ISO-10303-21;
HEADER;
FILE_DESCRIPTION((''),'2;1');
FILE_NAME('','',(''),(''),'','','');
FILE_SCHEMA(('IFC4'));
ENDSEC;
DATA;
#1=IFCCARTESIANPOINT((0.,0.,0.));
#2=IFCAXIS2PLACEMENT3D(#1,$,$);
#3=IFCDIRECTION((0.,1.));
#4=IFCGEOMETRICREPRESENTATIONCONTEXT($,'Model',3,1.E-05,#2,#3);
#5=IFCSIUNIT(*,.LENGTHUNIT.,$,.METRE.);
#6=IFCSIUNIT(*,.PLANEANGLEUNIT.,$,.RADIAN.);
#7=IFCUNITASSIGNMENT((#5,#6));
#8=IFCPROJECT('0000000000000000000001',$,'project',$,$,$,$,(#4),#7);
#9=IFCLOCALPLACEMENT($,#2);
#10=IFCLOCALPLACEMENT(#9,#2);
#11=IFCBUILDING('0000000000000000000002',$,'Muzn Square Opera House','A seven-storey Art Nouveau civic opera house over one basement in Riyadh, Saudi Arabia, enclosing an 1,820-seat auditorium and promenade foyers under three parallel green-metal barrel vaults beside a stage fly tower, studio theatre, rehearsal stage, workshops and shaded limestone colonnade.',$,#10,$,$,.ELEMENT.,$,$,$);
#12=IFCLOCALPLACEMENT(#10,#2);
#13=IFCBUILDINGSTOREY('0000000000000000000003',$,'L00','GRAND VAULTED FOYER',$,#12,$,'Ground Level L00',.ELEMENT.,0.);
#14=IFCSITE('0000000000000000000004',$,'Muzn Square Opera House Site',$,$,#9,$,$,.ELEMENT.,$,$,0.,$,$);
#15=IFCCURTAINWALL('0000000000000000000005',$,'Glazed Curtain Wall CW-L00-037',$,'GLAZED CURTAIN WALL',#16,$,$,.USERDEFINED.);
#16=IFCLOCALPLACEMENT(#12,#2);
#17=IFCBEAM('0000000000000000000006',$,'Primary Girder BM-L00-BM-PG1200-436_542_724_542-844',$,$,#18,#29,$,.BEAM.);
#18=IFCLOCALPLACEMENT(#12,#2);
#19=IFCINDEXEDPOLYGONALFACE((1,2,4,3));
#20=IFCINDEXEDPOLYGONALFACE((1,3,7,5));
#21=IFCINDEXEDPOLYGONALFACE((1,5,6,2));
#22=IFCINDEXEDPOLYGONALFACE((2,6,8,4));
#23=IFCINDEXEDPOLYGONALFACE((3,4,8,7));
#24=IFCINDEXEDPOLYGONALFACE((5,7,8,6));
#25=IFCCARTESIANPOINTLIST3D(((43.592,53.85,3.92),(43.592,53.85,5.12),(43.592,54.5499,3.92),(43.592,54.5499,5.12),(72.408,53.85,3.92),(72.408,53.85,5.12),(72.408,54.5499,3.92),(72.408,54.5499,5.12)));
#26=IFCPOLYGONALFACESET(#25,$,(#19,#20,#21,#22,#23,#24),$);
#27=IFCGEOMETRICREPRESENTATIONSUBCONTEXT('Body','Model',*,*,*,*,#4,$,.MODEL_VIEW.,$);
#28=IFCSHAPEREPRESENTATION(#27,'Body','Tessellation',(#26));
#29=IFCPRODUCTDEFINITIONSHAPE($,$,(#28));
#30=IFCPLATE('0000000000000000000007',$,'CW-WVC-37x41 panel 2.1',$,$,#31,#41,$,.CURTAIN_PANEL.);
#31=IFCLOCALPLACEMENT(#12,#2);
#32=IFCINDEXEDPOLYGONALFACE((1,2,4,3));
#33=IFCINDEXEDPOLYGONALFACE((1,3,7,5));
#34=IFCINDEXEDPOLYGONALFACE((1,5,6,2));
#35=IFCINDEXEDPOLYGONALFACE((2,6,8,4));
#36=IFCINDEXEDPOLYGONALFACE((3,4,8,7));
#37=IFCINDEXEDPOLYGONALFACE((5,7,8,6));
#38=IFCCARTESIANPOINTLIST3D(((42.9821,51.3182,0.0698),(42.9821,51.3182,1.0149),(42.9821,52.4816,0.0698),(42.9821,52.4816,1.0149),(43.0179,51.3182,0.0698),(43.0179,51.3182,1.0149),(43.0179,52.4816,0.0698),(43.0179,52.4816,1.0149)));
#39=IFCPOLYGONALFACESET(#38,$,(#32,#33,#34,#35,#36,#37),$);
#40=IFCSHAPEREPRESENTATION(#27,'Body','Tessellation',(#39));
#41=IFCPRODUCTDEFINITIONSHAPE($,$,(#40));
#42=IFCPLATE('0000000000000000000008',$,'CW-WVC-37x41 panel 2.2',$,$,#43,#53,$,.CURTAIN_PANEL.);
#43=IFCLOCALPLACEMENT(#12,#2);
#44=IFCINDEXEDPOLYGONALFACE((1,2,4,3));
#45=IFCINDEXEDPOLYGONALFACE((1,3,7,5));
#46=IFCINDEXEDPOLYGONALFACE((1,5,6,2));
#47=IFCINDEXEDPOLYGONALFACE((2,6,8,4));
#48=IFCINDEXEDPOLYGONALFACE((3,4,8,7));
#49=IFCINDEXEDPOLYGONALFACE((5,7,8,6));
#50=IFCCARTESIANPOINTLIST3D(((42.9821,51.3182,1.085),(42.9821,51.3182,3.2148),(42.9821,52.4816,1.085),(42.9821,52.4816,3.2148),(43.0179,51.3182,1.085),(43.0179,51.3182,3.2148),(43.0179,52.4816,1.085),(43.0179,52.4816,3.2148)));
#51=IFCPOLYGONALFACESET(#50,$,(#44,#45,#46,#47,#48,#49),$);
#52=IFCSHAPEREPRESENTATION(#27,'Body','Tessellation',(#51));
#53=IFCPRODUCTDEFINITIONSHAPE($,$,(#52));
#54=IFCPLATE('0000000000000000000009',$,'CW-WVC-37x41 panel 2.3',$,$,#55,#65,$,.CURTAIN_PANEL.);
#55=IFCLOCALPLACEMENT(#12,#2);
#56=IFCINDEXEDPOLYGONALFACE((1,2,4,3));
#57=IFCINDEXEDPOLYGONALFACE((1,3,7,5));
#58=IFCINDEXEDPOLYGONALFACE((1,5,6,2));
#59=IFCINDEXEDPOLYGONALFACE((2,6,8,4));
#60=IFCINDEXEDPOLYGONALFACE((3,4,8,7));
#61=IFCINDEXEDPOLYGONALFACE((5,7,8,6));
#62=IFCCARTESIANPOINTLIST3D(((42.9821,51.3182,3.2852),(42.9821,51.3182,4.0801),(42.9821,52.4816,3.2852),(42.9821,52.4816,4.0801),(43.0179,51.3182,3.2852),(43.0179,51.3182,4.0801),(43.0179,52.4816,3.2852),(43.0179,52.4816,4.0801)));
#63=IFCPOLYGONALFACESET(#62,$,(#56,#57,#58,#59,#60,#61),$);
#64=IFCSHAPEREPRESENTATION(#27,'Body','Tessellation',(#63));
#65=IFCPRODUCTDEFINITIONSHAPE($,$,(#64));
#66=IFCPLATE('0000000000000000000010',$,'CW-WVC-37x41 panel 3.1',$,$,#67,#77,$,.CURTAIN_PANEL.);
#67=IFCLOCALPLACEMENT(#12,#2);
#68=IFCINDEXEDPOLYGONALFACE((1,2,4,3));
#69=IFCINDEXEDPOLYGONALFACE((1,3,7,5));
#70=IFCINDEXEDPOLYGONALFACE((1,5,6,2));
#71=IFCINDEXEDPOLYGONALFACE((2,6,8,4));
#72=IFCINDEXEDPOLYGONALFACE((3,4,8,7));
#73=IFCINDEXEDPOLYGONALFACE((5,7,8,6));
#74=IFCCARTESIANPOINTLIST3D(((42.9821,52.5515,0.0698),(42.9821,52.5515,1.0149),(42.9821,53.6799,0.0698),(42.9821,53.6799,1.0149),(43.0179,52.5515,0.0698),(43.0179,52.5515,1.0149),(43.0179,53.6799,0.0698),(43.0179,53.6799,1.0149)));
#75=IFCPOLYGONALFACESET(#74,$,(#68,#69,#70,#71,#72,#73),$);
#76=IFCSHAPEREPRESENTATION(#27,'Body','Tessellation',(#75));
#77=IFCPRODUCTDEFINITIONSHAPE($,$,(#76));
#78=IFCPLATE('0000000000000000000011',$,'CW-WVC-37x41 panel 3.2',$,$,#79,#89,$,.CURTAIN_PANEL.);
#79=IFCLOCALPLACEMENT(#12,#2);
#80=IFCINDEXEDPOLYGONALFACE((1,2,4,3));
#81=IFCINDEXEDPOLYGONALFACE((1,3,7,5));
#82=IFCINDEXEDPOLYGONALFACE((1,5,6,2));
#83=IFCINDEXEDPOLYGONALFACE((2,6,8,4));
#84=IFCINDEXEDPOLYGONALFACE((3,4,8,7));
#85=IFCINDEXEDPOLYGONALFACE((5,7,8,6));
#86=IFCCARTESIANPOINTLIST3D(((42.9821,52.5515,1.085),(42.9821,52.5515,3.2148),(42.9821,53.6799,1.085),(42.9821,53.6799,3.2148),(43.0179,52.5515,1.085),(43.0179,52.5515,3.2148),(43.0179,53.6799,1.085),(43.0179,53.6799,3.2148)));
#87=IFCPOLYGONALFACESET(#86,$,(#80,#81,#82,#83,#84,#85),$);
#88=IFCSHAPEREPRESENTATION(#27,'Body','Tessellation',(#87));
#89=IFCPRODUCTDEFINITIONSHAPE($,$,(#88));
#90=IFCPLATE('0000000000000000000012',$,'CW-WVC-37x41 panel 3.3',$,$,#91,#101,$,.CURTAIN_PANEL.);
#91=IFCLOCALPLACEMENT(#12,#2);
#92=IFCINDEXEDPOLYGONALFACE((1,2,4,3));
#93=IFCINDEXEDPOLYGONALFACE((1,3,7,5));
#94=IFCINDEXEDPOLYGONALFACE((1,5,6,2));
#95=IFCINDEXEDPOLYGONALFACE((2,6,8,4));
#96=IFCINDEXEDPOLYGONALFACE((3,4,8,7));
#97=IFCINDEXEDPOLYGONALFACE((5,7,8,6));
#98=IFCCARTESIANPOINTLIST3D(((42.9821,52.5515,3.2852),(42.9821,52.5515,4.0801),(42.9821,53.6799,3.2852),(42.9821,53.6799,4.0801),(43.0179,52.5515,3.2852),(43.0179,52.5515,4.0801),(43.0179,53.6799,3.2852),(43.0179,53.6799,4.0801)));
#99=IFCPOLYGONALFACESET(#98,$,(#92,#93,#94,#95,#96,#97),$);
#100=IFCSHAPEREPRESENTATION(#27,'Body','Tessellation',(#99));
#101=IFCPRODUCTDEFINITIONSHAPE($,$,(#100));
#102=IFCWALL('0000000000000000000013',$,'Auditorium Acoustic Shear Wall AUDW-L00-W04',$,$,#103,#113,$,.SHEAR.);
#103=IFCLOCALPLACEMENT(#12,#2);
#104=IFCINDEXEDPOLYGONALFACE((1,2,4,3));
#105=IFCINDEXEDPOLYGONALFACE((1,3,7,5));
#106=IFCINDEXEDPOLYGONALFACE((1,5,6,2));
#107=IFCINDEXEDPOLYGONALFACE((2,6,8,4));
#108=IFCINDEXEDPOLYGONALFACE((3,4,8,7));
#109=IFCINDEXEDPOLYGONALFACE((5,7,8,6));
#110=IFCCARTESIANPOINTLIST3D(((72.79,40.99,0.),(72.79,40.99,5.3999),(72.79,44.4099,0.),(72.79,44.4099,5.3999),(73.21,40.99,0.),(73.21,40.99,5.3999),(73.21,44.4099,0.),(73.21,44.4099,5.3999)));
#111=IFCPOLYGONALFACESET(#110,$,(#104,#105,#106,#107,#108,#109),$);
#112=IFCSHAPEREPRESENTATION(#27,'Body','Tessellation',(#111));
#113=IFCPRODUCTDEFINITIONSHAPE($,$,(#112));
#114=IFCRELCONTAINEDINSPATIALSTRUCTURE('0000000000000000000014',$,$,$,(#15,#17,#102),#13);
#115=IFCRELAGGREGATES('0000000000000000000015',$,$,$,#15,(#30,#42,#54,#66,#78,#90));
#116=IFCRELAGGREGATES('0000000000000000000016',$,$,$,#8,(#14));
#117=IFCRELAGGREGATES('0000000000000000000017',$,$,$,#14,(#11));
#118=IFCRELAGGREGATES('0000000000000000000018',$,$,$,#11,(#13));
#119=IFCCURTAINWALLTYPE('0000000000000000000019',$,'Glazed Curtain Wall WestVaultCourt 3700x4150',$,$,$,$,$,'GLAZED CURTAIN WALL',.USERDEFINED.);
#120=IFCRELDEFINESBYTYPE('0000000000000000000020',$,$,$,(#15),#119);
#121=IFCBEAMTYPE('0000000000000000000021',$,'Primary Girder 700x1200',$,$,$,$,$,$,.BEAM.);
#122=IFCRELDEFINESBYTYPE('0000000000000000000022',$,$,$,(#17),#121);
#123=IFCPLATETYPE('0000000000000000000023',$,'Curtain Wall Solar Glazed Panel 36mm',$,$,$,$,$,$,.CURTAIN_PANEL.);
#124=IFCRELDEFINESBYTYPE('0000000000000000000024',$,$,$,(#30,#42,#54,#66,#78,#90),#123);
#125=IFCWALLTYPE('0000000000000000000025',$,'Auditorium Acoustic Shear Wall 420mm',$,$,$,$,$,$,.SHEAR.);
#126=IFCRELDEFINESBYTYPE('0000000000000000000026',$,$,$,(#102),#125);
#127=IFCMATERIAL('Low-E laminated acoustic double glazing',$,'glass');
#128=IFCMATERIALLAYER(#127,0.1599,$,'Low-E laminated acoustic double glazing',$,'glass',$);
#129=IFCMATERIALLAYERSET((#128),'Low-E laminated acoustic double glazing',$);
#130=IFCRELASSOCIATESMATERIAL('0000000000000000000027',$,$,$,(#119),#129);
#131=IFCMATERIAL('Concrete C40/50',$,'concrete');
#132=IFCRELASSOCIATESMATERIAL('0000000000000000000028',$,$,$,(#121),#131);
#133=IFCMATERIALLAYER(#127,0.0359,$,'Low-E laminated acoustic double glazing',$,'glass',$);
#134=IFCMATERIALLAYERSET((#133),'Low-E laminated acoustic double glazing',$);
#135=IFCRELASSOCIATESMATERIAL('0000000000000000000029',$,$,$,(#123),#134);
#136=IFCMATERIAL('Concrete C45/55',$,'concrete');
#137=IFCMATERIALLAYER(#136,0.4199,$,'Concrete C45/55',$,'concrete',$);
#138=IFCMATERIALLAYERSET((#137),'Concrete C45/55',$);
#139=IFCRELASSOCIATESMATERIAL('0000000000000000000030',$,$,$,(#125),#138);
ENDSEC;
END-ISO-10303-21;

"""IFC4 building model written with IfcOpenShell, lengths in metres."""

from ifc_helpers import new_model, si_unit, direction, frame, frame_2d, origin, origin_2d, place, context, subcontext, project, spatial, rectangle, extrude, material, layer, layer_set, material_profile, profile_set, type_object, element, aggregate, save


model = new_model("IFC4")

# Units and contexts
model_context = context("Model", 3, precision=1e-05, world=origin(), true_north=direction((0.0, 1.0)))
body_context = subcontext(model_context, "Body", "Model", "MODEL_VIEW")
ifc_project = project(units=[si_unit("LENGTHUNIT", "METRE"), si_unit("PLANEANGLEUNIT", "RADIAN")], contexts=[model_context])

# Site, building, storey
site_placement = place(None, origin())
site = spatial("IfcSite", under=ifc_project, at=site_placement, Name="Muzn Square Opera House Site", CompositionType="ELEMENT", RefElevation=0.0)
building_placement = place(site_placement, origin())
building = spatial("IfcBuilding", under=site, at=building_placement, Name="Muzn Square Opera House", Description="A seven-storey Art Nouveau civic opera house over one basement in Riyadh, Saudi Arabia, enclosing an 1,820-seat auditorium and promenade foyers under three parallel green-metal barrel vaults beside a stage fly tower, studio theatre, rehearsal stage, workshops and shaded limestone colonnade.", CompositionType="ELEMENT")
storey_placement = place(building_placement, origin())
storey = spatial("IfcBuildingStorey", under=building, at=storey_placement, Name="L00", Description="GRAND VAULTED FOYER", LongName="Ground Level L00", CompositionType="ELEMENT", Elevation=0.0)

# Shared definitions
ifc_material_1 = material(Name="Concrete C45/55", Category="concrete")

# Curtain wall
ifc_material_2 = material(Name="Low-E laminated acoustic double glazing", Category="glass")
ifc_layer_1 = layer(ifc_material_2, 0.1599, Name="Low-E laminated acoustic double glazing", Category="glass")
ifc_layer_set_1 = layer_set([ifc_layer_1], Name="Low-E laminated acoustic double glazing")
curtain_wall_type = type_object("IfcCurtainWallType", Name="Glazed Curtain Wall WestVaultCourt 3700x4150", ElementType="GLAZED CURTAIN WALL", PredefinedType="USERDEFINED", material=ifc_layer_set_1)
curtain_wall_placement = place(storey_placement, origin())
curtain_wall = element("IfcCurtainWall", 1, at=curtain_wall_placement, inside=storey, type_object=curtain_wall_type, Name="Glazed Curtain Wall CW-L00-037", ObjectType="GLAZED CURTAIN WALL", PredefinedType="USERDEFINED")

# Beam
ifc_material_3 = material(Name="Concrete C40/50", Category="concrete")
ifc_material_profile_1 = material_profile(ifc_material_3, rectangle(XDim=0.7, YDim=1.2, at=origin_2d()), Name="RCB 700x1200", Category="concrete")
ifc_profile_set_1 = profile_set([ifc_material_profile_1], Name="Concrete C40/50")
beam_type_1 = type_object("IfcBeamType", Name="Primary Girder 700x1200", PredefinedType="BEAM", material=ifc_profile_set_1)
for number, where, z_axis, x_axis, name in (
    (2, (43.592, 54.2, 4.52), (1.0, 0.0, 0.0), (0.0, 1.0, 0.0), "Primary Girder BM-L00-BM-PG1200-436_542_724_542-844"),
):
    element("IfcBeam", number, at=place(storey_placement, frame(where, z_axis=z_axis, x_axis=x_axis)), inside=storey, type_object=beam_type_1, Name=name, PredefinedType="BEAM", context=body_context, shape_type="SweptSolid", body=[
        extrude(rectangle(XDim=0.7, YDim=1.2, at=origin_2d()), origin(), (0.0, 0.0, 1.0), 28.8159),
    ])

# Plates
ifc_layer_2 = layer(ifc_material_2, 0.0359, Name="Low-E laminated acoustic double glazing", Category="glass")
ifc_layer_set_2 = layer_set([ifc_layer_2], Name="Low-E laminated acoustic double glazing")
plate_type = type_object("IfcPlateType", Name="Curtain Wall Solar Glazed Panel 36mm", PredefinedType="CURTAIN_PANEL", material=ifc_layer_set_2)
plate_1_placement = place(storey_placement, frame((43.0, 51.8999, 0.0698), z_axis=(0.0, 0.0, 1.0), x_axis=(0.0, 1.0, 0.0)))
plate_1 = element("IfcPlate", 3, at=plate_1_placement, type_object=plate_type, Name="CW-WVC-37x41 panel 2.1", PredefinedType="CURTAIN_PANEL", context=body_context, shape_type="SweptSolid", body=[
    extrude(rectangle(XDim=1.1633, YDim=0.0359, at=origin_2d()), origin(), (0.0, 0.0, 1.0), 0.9451),
])
plate_2_placement = place(storey_placement, frame((43.0, 51.8999, 1.085), z_axis=(0.0, 0.0, 1.0), x_axis=(0.0, 1.0, 0.0)))
plate_2 = element("IfcPlate", 4, at=plate_2_placement, type_object=plate_type, Name="CW-WVC-37x41 panel 2.2", PredefinedType="CURTAIN_PANEL", context=body_context, shape_type="SweptSolid", body=[
    extrude(rectangle(XDim=1.1633, YDim=0.0359, at=origin_2d()), origin(), (0.0, 0.0, 1.0), 2.1299),
])
plate_3_placement = place(storey_placement, frame((43.0, 51.8999, 3.2852), z_axis=(0.0, 0.0, 1.0), x_axis=(0.0, 1.0, 0.0)))
plate_3 = element("IfcPlate", 5, at=plate_3_placement, type_object=plate_type, Name="CW-WVC-37x41 panel 2.3", PredefinedType="CURTAIN_PANEL", context=body_context, shape_type="SweptSolid", body=[
    extrude(rectangle(XDim=1.1633, YDim=0.0359, at=origin_2d()), origin(), (0.0, 0.0, 1.0), 0.7949),
])
plate_4_placement = place(storey_placement, frame((43.0, 53.1157, 0.0698), z_axis=(0.0, 0.0, 1.0), x_axis=(0.0, 1.0, 0.0)))
plate_4 = element("IfcPlate", 6, at=plate_4_placement, type_object=plate_type, Name="CW-WVC-37x41 panel 3.1", PredefinedType="CURTAIN_PANEL", context=body_context, shape_type="SweptSolid", body=[
    extrude(rectangle(XDim=1.1284, YDim=0.0359, at=origin_2d()), origin(), (0.0, 0.0, 1.0), 0.9451),
])
plate_5_placement = place(storey_placement, frame((43.0, 53.1157, 1.085), z_axis=(0.0, 0.0, 1.0), x_axis=(0.0, 1.0, 0.0)))
plate_5 = element("IfcPlate", 7, at=plate_5_placement, type_object=plate_type, Name="CW-WVC-37x41 panel 3.2", PredefinedType="CURTAIN_PANEL", context=body_context, shape_type="SweptSolid", body=[
    extrude(rectangle(XDim=1.1284, YDim=0.0359, at=origin_2d()), origin(), (0.0, 0.0, 1.0), 2.1299),
])
plate_6_placement = place(storey_placement, frame((43.0, 53.1157, 3.2852), z_axis=(0.0, 0.0, 1.0), x_axis=(0.0, 1.0, 0.0)))
plate_6 = element("IfcPlate", 8, at=plate_6_placement, type_object=plate_type, Name="CW-WVC-37x41 panel 3.3", PredefinedType="CURTAIN_PANEL", context=body_context, shape_type="SweptSolid", body=[
    extrude(rectangle(XDim=1.1284, YDim=0.0359, at=origin_2d()), origin(), (0.0, 0.0, 1.0), 0.7949),
])
aggregate(curtain_wall, [plate_1, plate_2, plate_3, plate_4, plate_5, plate_6])

# Wall
ifc_layer_3 = layer(ifc_material_1, 0.4199, Name="Concrete C45/55", Category="concrete")
ifc_layer_set_3 = layer_set([ifc_layer_3], Name="Concrete C45/55")
wall_type = type_object("IfcWallType", Name="Auditorium Acoustic Shear Wall 420mm", PredefinedType="SHEAR", material=ifc_layer_set_3)
wall_placement = place(storey_placement, frame((73.0, 40.99, 0.0), z_axis=(0.0, 0.0, 1.0), x_axis=(0.0, 1.0, 0.0)))
element("IfcWall", 9, at=wall_placement, inside=storey, type_object=wall_type, Name="Auditorium Acoustic Shear Wall AUDW-L00-W04", PredefinedType="SHEAR", context=body_context, shape_type="SweptSolid", body=[
    extrude(rectangle(XDim=3.4199, YDim=0.4199, at=frame_2d((1.71, 0.0))), origin(), (0.0, 0.0, 1.0), 5.3999),
])

save(model, "model.ifc")
